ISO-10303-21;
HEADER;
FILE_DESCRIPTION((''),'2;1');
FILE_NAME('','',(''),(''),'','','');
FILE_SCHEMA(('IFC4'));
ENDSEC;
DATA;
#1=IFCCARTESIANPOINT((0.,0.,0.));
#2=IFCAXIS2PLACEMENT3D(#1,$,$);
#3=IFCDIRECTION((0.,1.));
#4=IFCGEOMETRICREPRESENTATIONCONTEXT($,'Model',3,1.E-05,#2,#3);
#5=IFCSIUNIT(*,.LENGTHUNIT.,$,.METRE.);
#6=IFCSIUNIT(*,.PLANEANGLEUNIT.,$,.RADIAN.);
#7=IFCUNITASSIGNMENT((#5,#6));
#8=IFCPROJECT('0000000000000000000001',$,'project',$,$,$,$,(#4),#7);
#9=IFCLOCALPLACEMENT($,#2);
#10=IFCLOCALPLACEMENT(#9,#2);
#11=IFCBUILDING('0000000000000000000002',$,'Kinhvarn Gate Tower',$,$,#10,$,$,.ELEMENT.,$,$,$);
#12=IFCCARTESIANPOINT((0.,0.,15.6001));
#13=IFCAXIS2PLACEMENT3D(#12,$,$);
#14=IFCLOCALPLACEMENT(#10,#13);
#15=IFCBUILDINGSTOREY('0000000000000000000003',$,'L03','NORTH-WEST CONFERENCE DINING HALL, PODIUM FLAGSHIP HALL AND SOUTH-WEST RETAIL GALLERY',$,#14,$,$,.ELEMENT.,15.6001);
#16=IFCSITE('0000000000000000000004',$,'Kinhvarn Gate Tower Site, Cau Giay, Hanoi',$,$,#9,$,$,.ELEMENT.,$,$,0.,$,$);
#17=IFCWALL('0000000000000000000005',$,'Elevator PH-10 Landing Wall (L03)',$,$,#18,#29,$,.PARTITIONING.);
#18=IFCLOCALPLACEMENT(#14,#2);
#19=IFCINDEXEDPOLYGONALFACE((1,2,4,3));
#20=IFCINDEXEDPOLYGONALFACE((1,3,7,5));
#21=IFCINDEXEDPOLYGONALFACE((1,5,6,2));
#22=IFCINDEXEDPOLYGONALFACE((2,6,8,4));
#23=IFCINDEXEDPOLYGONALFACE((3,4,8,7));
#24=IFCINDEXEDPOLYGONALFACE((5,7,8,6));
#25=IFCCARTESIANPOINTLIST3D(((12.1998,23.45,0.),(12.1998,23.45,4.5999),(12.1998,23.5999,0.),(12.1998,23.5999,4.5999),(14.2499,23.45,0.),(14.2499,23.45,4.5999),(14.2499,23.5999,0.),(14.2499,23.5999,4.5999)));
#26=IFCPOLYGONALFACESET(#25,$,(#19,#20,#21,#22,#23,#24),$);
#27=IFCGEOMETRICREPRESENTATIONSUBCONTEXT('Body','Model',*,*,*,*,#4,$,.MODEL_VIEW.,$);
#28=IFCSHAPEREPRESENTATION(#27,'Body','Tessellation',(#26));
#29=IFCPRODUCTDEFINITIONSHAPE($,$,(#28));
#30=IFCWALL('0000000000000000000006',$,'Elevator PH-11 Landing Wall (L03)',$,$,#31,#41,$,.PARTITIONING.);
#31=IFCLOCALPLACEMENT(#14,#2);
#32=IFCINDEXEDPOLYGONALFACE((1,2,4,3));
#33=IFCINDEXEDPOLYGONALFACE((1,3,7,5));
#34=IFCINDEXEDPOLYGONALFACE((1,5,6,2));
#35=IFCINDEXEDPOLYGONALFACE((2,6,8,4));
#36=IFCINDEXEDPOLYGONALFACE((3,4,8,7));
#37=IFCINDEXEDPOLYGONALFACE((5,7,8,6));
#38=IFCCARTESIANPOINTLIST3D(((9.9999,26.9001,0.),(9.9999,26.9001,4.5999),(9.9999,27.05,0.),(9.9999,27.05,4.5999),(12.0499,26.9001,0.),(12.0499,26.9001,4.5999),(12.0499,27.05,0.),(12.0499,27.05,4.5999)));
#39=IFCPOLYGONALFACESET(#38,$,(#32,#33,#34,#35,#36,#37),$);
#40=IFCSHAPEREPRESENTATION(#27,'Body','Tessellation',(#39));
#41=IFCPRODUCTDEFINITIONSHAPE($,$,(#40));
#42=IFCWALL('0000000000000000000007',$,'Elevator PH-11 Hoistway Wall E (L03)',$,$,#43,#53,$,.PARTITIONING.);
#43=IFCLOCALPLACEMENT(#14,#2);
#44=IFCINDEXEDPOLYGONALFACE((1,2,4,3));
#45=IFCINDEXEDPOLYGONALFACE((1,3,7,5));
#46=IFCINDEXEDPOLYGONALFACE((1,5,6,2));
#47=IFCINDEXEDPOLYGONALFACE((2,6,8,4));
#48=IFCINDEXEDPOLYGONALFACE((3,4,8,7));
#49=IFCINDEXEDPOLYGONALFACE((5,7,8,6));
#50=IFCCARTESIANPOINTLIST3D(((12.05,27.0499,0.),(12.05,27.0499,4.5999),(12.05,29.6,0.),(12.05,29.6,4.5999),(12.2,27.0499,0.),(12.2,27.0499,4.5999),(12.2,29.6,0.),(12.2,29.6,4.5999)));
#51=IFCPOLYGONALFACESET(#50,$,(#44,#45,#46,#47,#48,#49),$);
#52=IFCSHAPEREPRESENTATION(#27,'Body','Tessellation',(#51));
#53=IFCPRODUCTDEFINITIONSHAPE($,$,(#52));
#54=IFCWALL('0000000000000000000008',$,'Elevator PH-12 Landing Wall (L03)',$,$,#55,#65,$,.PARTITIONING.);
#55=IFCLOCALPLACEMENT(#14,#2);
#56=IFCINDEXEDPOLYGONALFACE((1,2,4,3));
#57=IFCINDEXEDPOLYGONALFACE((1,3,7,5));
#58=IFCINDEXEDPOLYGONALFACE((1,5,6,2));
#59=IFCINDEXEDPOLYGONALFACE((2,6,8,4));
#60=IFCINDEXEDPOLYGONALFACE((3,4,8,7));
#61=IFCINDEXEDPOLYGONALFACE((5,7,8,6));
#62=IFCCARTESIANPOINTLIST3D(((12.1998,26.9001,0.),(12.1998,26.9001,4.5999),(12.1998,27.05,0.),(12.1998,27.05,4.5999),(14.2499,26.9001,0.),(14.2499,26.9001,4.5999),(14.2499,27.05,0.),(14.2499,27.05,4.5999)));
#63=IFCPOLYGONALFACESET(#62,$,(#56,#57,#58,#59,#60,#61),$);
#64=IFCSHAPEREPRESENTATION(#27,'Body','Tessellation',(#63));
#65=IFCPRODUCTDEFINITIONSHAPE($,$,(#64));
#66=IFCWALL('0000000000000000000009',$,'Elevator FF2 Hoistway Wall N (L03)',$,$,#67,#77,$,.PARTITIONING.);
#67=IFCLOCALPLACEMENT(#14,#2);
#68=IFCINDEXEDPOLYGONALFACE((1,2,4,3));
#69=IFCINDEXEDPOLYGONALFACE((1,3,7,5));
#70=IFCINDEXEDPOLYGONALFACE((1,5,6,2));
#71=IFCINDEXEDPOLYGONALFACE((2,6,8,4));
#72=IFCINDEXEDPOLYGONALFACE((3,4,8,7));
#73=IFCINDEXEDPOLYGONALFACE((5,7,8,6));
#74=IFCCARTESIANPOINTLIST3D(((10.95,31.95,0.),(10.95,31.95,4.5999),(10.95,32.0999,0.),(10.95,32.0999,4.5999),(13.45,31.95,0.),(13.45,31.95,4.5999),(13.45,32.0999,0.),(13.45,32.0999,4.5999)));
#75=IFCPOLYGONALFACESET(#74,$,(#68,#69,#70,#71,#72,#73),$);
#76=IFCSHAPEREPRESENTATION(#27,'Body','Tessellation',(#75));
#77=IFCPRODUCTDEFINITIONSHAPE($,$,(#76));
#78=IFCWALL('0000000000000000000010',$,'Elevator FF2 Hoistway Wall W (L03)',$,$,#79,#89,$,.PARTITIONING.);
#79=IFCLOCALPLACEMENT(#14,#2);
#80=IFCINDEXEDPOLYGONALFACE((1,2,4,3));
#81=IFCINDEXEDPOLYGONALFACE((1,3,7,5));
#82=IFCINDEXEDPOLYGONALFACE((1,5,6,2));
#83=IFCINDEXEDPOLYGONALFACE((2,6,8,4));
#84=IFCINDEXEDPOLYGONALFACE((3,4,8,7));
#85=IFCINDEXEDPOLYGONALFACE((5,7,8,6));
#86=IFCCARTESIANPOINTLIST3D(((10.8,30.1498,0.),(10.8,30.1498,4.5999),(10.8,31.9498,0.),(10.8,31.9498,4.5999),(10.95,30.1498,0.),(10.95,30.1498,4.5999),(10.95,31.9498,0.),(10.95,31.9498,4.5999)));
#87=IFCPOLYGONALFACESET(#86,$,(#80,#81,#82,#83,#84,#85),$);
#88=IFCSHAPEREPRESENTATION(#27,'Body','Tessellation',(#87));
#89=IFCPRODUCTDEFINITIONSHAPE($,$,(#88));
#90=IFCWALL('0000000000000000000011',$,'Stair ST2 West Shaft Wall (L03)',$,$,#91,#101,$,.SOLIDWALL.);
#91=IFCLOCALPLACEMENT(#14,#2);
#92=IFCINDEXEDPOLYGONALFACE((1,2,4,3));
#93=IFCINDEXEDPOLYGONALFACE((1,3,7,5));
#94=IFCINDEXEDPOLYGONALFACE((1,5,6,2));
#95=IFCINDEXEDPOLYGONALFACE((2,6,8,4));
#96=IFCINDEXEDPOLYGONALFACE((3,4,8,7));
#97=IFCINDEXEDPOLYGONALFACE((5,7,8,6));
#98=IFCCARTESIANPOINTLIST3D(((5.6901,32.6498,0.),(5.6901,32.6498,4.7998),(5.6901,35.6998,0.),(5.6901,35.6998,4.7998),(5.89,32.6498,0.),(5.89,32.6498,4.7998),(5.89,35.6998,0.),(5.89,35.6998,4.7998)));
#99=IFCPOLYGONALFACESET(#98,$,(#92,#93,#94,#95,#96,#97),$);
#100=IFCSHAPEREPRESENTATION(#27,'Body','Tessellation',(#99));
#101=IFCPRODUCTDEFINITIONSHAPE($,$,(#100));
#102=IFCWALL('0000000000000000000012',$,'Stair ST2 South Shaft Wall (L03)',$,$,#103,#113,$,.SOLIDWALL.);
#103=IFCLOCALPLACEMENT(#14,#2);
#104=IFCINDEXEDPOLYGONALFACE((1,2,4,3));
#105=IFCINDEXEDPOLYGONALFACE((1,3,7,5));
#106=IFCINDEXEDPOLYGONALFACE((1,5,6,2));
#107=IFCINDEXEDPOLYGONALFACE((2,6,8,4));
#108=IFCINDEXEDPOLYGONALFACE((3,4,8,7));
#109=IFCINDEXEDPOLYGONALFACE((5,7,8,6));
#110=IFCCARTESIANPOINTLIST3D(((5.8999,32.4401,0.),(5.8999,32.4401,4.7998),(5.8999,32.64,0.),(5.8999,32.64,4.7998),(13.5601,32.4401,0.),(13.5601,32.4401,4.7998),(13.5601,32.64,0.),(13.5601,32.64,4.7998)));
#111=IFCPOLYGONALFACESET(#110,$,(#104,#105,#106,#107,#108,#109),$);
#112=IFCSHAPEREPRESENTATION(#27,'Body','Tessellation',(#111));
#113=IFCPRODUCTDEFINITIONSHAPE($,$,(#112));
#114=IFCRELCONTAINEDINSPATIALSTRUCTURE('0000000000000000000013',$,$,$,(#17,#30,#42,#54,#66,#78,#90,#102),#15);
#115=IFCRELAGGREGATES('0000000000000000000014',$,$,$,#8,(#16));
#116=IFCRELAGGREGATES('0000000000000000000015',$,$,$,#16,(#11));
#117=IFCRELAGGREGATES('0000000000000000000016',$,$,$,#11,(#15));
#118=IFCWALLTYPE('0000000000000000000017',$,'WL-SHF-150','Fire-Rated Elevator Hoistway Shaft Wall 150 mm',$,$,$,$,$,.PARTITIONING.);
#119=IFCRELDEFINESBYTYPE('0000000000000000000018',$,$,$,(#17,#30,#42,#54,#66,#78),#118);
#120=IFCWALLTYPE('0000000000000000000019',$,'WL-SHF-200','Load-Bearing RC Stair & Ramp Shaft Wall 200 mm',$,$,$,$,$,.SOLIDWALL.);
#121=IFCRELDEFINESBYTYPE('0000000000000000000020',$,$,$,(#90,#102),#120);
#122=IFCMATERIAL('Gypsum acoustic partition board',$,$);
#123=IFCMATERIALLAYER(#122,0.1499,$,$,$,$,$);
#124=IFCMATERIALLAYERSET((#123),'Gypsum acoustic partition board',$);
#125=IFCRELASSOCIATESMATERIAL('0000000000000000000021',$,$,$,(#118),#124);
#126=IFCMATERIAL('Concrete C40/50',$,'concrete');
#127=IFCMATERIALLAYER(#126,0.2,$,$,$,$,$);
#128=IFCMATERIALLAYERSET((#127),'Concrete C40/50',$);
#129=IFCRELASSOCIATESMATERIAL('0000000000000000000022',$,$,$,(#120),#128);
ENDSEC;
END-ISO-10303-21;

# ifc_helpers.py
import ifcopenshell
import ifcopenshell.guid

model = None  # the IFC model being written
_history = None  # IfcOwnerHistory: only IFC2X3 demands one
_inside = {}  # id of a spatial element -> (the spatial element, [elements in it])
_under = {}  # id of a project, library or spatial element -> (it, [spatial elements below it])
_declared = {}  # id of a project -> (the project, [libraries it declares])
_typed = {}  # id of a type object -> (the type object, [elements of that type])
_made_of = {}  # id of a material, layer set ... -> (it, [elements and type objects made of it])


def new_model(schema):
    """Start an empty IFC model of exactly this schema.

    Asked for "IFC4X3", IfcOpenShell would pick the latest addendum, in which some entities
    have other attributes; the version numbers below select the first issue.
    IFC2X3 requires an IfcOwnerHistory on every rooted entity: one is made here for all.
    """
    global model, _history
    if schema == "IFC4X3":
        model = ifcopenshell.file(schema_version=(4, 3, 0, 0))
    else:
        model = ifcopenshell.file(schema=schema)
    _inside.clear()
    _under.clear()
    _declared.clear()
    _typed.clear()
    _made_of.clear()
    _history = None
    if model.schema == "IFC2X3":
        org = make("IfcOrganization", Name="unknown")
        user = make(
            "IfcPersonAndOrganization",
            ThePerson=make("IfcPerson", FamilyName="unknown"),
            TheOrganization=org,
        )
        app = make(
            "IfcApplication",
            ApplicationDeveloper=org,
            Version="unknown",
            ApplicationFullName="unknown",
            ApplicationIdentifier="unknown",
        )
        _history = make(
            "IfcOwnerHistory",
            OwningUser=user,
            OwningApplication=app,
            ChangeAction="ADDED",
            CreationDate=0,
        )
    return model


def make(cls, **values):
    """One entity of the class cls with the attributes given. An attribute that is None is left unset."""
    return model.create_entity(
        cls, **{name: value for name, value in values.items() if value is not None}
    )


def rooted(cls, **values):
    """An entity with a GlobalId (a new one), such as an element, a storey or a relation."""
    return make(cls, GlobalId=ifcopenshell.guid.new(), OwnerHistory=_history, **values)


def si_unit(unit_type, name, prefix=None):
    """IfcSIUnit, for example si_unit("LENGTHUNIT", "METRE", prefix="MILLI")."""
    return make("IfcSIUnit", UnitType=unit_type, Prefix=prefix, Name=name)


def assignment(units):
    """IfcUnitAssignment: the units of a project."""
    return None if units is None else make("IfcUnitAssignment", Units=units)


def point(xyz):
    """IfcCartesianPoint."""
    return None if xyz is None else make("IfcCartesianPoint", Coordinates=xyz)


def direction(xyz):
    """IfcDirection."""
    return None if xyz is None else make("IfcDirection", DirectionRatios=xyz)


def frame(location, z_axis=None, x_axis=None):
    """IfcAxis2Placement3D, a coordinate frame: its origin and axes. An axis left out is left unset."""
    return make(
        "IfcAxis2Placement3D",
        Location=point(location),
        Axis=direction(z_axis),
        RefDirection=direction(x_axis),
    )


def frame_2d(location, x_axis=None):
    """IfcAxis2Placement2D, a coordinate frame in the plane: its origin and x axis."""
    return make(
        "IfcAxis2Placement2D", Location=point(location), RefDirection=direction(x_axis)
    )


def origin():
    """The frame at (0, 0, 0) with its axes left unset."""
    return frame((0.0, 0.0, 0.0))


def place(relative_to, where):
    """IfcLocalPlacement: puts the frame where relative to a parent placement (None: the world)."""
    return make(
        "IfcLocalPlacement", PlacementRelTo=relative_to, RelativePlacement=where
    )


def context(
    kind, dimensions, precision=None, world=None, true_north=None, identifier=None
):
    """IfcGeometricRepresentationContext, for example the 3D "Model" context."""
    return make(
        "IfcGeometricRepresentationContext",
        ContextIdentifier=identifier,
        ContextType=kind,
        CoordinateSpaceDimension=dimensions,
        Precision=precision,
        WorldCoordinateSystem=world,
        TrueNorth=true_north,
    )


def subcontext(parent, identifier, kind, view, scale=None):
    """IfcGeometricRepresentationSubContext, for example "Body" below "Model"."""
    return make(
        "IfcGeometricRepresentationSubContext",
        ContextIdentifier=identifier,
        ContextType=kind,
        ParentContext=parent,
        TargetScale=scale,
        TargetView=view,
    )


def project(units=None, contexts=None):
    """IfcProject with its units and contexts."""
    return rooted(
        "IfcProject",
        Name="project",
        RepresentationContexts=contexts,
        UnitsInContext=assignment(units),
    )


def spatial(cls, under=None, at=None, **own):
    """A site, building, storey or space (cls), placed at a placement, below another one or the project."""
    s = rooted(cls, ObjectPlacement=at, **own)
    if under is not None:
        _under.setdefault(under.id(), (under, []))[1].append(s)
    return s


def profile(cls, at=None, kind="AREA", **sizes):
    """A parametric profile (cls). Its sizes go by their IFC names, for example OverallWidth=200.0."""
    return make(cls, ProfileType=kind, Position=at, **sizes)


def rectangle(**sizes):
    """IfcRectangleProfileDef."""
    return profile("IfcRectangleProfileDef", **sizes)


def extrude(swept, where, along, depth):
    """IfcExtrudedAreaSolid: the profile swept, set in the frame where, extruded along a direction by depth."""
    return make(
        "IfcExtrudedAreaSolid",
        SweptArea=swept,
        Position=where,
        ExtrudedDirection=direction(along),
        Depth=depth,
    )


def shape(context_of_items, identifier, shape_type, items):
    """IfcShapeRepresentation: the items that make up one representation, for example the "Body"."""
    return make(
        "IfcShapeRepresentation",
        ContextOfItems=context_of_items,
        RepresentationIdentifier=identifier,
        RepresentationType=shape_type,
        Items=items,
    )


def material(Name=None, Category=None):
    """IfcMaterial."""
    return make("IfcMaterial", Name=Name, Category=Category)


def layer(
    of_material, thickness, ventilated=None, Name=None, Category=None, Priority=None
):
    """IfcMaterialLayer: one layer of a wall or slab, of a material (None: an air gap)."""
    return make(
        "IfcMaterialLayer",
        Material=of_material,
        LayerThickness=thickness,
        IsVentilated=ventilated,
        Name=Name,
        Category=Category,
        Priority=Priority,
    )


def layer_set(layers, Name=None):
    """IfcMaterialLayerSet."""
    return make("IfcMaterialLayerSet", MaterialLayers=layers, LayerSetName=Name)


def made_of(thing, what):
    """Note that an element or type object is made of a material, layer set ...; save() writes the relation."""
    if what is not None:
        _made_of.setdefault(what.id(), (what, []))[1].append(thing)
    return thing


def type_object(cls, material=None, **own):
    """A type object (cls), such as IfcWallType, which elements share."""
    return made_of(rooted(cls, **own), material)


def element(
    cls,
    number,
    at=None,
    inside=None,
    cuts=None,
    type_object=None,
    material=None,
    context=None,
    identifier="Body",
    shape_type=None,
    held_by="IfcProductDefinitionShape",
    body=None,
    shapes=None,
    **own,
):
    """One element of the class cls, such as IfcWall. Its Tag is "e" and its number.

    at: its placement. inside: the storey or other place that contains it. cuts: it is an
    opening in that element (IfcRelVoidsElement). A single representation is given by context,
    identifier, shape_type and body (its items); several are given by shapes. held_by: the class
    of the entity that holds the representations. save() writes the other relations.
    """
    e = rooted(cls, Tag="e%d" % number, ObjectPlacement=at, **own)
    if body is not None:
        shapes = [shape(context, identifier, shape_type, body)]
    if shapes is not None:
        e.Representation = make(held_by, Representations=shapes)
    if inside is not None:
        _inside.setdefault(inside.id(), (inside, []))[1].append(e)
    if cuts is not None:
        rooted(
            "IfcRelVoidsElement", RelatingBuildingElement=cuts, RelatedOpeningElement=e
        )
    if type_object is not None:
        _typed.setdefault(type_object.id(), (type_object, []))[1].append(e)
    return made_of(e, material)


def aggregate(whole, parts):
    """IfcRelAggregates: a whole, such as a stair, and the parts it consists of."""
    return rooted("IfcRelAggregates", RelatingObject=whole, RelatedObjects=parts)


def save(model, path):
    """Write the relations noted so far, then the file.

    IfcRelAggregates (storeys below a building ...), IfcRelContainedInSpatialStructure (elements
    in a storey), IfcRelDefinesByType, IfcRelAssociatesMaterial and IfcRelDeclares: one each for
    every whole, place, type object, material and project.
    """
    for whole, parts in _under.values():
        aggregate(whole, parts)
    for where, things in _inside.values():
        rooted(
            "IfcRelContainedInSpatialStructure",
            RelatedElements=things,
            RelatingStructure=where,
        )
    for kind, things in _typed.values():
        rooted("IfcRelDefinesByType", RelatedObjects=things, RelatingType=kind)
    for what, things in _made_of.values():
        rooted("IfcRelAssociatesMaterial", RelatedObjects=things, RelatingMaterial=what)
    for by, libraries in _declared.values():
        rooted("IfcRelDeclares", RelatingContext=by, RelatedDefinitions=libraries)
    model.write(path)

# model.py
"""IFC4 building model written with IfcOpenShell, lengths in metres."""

from ifc_helpers import new_model, si_unit, direction, frame, frame_2d, origin, place, context, subcontext, project, spatial, rectangle, extrude, material, layer, layer_set, type_object, element, save


model = new_model("IFC4")

# Units and contexts
model_context = context("Model", 3, precision=1e-05, world=origin(), true_north=direction((0.0, 1.0)))
body_context = subcontext(model_context, "Body", "Model", "MODEL_VIEW")
ifc_project = project(units=[si_unit("LENGTHUNIT", "METRE"), si_unit("PLANEANGLEUNIT", "RADIAN")], contexts=[model_context])

# Site, building, storey
site_placement = place(None, origin())
site = spatial("IfcSite", under=ifc_project, at=site_placement, Name="Kinhvarn Gate Tower Site, Cau Giay, Hanoi", CompositionType="ELEMENT", RefElevation=0.0)
building_placement = place(site_placement, origin())
building = spatial("IfcBuilding", under=site, at=building_placement, Name="Kinhvarn Gate Tower", CompositionType="ELEMENT")
storey_placement = place(building_placement, frame((0.0, 0.0, 15.6001)))
storey = spatial("IfcBuildingStorey", under=building, at=storey_placement, Name="L03", Description="NORTH-WEST CONFERENCE DINING HALL, PODIUM FLAGSHIP HALL AND SOUTH-WEST RETAIL GALLERY", CompositionType="ELEMENT", Elevation=15.6001)

# Shared definitions
ifc_material_1 = material(Name="Gypsum acoustic partition board")

# Walls
ifc_layer_1 = layer(ifc_material_1, 0.1499)
ifc_layer_set_1 = layer_set([ifc_layer_1], Name="Gypsum acoustic partition board")
wall_type_1 = type_object("IfcWallType", Name="WL-SHF-150", Description="Fire-Rated Elevator Hoistway Shaft Wall 150 mm", PredefinedType="PARTITIONING", material=ifc_layer_set_1)
for number, where, z_axis, x_axis, name in (
    (1, (12.2, 23.5249, 0.0), (0.0, 0.0, 1.0), (1.0, 0.0, 0.0), "Elevator PH-10 Landing Wall (L03)"),
    (2, (10.0, 26.9751, 0.0), (0.0, 0.0, 1.0), (1.0, 0.0, 0.0), "Elevator PH-11 Landing Wall (L03)"),
):
    element("IfcWall", number, at=place(storey_placement, frame(where, z_axis=z_axis, x_axis=x_axis)), inside=storey, type_object=wall_type_1, Name=name, PredefinedType="PARTITIONING", context=body_context, shape_type="SweptSolid", body=[
        extrude(rectangle(XDim=2.05, YDim=0.1499, at=frame_2d((1.0249, 0.0))), origin(), (0.0, 0.0, 1.0), 4.5999),
    ])
wall_1_placement = place(storey_placement, frame((12.125, 27.05, 0.0), z_axis=(0.0, 0.0, 1.0), x_axis=(0.0, 1.0, 0.0)))
element("IfcWall", 3, at=wall_1_placement, inside=storey, type_object=wall_type_1, Name="Elevator PH-11 Hoistway Wall E (L03)", PredefinedType="PARTITIONING", context=body_context, shape_type="SweptSolid", body=[
    extrude(rectangle(XDim=2.55, YDim=0.1499, at=frame_2d((1.2749, 0.0))), origin(), (0.0, 0.0, 1.0), 4.5999),
])
wall_2_placement = place(storey_placement, frame((12.2, 26.9751, 0.0), z_axis=(0.0, 0.0, 1.0), x_axis=(1.0, 0.0, 0.0)))
element("IfcWall", 4, at=wall_2_placement, inside=storey, type_object=wall_type_1, Name="Elevator PH-12 Landing Wall (L03)", PredefinedType="PARTITIONING", context=body_context, shape_type="SweptSolid", body=[
    extrude(rectangle(XDim=2.05, YDim=0.1499, at=frame_2d((1.0249, 0.0))), origin(), (0.0, 0.0, 1.0), 4.5999),
])
wall_3_placement = place(storey_placement, frame((10.95, 32.0249, 0.0), z_axis=(0.0, 0.0, 1.0), x_axis=(1.0, 0.0, 0.0)))
element("IfcWall", 5, at=wall_3_placement, inside=storey, type_object=wall_type_1, Name="Elevator FF2 Hoistway Wall N (L03)", PredefinedType="PARTITIONING", context=body_context, shape_type="SweptSolid", body=[
    extrude(rectangle(XDim=2.5, YDim=0.1499, at=frame_2d((1.25, 0.0))), origin(), (0.0, 0.0, 1.0), 4.5999),
])
wall_4_placement = place(storey_placement, frame((10.875, 30.1499, 0.0), z_axis=(0.0, 0.0, 1.0), x_axis=(0.0, 1.0, 0.0)))
element("IfcWall", 6, at=wall_4_placement, inside=storey, type_object=wall_type_1, Name="Elevator FF2 Hoistway Wall W (L03)", PredefinedType="PARTITIONING", context=body_context, shape_type="SweptSolid", body=[
    extrude(rectangle(XDim=1.8, YDim=0.1499, at=frame_2d((0.8999, 0.0))), origin(), (0.0, 0.0, 1.0), 4.5999),
])
ifc_material_2 = material(Name="Concrete C40/50", Category="concrete")
ifc_layer_2 = layer(ifc_material_2, 0.2)
ifc_layer_set_2 = layer_set([ifc_layer_2], Name="Concrete C40/50")
wall_type_2 = type_object("IfcWallType", Name="WL-SHF-200", Description="Load-Bearing RC Stair & Ramp Shaft Wall 200 mm", PredefinedType="SOLIDWALL", material=ifc_layer_set_2)
wall_5_placement = place(storey_placement, frame((5.79, 32.6499, 0.0), z_axis=(0.0, 0.0, 1.0), x_axis=(0.0, 1.0, 0.0)))
element("IfcWall", 7, at=wall_5_placement, inside=storey, type_object=wall_type_2, Name="Stair ST2 West Shaft Wall (L03)", PredefinedType="SOLIDWALL", context=body_context, shape_type="SweptSolid", body=[
    extrude(rectangle(XDim=3.05, YDim=0.2, at=frame_2d((1.5249, 0.0))), origin(), (0.0, 0.0, 1.0), 4.7998),
])
wall_6_placement = place(storey_placement, frame((5.8999, 32.54, 0.0), z_axis=(0.0, 0.0, 1.0), x_axis=(1.0, 0.0, 0.0)))
element("IfcWall", 8, at=wall_6_placement, inside=storey, type_object=wall_type_2, Name="Stair ST2 South Shaft Wall (L03)", PredefinedType="SOLIDWALL", context=body_context, shape_type="SweptSolid", body=[
    extrude(rectangle(XDim=7.6602, YDim=0.2, at=frame_2d((3.8301, 0.0))), origin(), (0.0, 0.0, 1.0), 4.7998),
])

save(model, "model.ifc")
